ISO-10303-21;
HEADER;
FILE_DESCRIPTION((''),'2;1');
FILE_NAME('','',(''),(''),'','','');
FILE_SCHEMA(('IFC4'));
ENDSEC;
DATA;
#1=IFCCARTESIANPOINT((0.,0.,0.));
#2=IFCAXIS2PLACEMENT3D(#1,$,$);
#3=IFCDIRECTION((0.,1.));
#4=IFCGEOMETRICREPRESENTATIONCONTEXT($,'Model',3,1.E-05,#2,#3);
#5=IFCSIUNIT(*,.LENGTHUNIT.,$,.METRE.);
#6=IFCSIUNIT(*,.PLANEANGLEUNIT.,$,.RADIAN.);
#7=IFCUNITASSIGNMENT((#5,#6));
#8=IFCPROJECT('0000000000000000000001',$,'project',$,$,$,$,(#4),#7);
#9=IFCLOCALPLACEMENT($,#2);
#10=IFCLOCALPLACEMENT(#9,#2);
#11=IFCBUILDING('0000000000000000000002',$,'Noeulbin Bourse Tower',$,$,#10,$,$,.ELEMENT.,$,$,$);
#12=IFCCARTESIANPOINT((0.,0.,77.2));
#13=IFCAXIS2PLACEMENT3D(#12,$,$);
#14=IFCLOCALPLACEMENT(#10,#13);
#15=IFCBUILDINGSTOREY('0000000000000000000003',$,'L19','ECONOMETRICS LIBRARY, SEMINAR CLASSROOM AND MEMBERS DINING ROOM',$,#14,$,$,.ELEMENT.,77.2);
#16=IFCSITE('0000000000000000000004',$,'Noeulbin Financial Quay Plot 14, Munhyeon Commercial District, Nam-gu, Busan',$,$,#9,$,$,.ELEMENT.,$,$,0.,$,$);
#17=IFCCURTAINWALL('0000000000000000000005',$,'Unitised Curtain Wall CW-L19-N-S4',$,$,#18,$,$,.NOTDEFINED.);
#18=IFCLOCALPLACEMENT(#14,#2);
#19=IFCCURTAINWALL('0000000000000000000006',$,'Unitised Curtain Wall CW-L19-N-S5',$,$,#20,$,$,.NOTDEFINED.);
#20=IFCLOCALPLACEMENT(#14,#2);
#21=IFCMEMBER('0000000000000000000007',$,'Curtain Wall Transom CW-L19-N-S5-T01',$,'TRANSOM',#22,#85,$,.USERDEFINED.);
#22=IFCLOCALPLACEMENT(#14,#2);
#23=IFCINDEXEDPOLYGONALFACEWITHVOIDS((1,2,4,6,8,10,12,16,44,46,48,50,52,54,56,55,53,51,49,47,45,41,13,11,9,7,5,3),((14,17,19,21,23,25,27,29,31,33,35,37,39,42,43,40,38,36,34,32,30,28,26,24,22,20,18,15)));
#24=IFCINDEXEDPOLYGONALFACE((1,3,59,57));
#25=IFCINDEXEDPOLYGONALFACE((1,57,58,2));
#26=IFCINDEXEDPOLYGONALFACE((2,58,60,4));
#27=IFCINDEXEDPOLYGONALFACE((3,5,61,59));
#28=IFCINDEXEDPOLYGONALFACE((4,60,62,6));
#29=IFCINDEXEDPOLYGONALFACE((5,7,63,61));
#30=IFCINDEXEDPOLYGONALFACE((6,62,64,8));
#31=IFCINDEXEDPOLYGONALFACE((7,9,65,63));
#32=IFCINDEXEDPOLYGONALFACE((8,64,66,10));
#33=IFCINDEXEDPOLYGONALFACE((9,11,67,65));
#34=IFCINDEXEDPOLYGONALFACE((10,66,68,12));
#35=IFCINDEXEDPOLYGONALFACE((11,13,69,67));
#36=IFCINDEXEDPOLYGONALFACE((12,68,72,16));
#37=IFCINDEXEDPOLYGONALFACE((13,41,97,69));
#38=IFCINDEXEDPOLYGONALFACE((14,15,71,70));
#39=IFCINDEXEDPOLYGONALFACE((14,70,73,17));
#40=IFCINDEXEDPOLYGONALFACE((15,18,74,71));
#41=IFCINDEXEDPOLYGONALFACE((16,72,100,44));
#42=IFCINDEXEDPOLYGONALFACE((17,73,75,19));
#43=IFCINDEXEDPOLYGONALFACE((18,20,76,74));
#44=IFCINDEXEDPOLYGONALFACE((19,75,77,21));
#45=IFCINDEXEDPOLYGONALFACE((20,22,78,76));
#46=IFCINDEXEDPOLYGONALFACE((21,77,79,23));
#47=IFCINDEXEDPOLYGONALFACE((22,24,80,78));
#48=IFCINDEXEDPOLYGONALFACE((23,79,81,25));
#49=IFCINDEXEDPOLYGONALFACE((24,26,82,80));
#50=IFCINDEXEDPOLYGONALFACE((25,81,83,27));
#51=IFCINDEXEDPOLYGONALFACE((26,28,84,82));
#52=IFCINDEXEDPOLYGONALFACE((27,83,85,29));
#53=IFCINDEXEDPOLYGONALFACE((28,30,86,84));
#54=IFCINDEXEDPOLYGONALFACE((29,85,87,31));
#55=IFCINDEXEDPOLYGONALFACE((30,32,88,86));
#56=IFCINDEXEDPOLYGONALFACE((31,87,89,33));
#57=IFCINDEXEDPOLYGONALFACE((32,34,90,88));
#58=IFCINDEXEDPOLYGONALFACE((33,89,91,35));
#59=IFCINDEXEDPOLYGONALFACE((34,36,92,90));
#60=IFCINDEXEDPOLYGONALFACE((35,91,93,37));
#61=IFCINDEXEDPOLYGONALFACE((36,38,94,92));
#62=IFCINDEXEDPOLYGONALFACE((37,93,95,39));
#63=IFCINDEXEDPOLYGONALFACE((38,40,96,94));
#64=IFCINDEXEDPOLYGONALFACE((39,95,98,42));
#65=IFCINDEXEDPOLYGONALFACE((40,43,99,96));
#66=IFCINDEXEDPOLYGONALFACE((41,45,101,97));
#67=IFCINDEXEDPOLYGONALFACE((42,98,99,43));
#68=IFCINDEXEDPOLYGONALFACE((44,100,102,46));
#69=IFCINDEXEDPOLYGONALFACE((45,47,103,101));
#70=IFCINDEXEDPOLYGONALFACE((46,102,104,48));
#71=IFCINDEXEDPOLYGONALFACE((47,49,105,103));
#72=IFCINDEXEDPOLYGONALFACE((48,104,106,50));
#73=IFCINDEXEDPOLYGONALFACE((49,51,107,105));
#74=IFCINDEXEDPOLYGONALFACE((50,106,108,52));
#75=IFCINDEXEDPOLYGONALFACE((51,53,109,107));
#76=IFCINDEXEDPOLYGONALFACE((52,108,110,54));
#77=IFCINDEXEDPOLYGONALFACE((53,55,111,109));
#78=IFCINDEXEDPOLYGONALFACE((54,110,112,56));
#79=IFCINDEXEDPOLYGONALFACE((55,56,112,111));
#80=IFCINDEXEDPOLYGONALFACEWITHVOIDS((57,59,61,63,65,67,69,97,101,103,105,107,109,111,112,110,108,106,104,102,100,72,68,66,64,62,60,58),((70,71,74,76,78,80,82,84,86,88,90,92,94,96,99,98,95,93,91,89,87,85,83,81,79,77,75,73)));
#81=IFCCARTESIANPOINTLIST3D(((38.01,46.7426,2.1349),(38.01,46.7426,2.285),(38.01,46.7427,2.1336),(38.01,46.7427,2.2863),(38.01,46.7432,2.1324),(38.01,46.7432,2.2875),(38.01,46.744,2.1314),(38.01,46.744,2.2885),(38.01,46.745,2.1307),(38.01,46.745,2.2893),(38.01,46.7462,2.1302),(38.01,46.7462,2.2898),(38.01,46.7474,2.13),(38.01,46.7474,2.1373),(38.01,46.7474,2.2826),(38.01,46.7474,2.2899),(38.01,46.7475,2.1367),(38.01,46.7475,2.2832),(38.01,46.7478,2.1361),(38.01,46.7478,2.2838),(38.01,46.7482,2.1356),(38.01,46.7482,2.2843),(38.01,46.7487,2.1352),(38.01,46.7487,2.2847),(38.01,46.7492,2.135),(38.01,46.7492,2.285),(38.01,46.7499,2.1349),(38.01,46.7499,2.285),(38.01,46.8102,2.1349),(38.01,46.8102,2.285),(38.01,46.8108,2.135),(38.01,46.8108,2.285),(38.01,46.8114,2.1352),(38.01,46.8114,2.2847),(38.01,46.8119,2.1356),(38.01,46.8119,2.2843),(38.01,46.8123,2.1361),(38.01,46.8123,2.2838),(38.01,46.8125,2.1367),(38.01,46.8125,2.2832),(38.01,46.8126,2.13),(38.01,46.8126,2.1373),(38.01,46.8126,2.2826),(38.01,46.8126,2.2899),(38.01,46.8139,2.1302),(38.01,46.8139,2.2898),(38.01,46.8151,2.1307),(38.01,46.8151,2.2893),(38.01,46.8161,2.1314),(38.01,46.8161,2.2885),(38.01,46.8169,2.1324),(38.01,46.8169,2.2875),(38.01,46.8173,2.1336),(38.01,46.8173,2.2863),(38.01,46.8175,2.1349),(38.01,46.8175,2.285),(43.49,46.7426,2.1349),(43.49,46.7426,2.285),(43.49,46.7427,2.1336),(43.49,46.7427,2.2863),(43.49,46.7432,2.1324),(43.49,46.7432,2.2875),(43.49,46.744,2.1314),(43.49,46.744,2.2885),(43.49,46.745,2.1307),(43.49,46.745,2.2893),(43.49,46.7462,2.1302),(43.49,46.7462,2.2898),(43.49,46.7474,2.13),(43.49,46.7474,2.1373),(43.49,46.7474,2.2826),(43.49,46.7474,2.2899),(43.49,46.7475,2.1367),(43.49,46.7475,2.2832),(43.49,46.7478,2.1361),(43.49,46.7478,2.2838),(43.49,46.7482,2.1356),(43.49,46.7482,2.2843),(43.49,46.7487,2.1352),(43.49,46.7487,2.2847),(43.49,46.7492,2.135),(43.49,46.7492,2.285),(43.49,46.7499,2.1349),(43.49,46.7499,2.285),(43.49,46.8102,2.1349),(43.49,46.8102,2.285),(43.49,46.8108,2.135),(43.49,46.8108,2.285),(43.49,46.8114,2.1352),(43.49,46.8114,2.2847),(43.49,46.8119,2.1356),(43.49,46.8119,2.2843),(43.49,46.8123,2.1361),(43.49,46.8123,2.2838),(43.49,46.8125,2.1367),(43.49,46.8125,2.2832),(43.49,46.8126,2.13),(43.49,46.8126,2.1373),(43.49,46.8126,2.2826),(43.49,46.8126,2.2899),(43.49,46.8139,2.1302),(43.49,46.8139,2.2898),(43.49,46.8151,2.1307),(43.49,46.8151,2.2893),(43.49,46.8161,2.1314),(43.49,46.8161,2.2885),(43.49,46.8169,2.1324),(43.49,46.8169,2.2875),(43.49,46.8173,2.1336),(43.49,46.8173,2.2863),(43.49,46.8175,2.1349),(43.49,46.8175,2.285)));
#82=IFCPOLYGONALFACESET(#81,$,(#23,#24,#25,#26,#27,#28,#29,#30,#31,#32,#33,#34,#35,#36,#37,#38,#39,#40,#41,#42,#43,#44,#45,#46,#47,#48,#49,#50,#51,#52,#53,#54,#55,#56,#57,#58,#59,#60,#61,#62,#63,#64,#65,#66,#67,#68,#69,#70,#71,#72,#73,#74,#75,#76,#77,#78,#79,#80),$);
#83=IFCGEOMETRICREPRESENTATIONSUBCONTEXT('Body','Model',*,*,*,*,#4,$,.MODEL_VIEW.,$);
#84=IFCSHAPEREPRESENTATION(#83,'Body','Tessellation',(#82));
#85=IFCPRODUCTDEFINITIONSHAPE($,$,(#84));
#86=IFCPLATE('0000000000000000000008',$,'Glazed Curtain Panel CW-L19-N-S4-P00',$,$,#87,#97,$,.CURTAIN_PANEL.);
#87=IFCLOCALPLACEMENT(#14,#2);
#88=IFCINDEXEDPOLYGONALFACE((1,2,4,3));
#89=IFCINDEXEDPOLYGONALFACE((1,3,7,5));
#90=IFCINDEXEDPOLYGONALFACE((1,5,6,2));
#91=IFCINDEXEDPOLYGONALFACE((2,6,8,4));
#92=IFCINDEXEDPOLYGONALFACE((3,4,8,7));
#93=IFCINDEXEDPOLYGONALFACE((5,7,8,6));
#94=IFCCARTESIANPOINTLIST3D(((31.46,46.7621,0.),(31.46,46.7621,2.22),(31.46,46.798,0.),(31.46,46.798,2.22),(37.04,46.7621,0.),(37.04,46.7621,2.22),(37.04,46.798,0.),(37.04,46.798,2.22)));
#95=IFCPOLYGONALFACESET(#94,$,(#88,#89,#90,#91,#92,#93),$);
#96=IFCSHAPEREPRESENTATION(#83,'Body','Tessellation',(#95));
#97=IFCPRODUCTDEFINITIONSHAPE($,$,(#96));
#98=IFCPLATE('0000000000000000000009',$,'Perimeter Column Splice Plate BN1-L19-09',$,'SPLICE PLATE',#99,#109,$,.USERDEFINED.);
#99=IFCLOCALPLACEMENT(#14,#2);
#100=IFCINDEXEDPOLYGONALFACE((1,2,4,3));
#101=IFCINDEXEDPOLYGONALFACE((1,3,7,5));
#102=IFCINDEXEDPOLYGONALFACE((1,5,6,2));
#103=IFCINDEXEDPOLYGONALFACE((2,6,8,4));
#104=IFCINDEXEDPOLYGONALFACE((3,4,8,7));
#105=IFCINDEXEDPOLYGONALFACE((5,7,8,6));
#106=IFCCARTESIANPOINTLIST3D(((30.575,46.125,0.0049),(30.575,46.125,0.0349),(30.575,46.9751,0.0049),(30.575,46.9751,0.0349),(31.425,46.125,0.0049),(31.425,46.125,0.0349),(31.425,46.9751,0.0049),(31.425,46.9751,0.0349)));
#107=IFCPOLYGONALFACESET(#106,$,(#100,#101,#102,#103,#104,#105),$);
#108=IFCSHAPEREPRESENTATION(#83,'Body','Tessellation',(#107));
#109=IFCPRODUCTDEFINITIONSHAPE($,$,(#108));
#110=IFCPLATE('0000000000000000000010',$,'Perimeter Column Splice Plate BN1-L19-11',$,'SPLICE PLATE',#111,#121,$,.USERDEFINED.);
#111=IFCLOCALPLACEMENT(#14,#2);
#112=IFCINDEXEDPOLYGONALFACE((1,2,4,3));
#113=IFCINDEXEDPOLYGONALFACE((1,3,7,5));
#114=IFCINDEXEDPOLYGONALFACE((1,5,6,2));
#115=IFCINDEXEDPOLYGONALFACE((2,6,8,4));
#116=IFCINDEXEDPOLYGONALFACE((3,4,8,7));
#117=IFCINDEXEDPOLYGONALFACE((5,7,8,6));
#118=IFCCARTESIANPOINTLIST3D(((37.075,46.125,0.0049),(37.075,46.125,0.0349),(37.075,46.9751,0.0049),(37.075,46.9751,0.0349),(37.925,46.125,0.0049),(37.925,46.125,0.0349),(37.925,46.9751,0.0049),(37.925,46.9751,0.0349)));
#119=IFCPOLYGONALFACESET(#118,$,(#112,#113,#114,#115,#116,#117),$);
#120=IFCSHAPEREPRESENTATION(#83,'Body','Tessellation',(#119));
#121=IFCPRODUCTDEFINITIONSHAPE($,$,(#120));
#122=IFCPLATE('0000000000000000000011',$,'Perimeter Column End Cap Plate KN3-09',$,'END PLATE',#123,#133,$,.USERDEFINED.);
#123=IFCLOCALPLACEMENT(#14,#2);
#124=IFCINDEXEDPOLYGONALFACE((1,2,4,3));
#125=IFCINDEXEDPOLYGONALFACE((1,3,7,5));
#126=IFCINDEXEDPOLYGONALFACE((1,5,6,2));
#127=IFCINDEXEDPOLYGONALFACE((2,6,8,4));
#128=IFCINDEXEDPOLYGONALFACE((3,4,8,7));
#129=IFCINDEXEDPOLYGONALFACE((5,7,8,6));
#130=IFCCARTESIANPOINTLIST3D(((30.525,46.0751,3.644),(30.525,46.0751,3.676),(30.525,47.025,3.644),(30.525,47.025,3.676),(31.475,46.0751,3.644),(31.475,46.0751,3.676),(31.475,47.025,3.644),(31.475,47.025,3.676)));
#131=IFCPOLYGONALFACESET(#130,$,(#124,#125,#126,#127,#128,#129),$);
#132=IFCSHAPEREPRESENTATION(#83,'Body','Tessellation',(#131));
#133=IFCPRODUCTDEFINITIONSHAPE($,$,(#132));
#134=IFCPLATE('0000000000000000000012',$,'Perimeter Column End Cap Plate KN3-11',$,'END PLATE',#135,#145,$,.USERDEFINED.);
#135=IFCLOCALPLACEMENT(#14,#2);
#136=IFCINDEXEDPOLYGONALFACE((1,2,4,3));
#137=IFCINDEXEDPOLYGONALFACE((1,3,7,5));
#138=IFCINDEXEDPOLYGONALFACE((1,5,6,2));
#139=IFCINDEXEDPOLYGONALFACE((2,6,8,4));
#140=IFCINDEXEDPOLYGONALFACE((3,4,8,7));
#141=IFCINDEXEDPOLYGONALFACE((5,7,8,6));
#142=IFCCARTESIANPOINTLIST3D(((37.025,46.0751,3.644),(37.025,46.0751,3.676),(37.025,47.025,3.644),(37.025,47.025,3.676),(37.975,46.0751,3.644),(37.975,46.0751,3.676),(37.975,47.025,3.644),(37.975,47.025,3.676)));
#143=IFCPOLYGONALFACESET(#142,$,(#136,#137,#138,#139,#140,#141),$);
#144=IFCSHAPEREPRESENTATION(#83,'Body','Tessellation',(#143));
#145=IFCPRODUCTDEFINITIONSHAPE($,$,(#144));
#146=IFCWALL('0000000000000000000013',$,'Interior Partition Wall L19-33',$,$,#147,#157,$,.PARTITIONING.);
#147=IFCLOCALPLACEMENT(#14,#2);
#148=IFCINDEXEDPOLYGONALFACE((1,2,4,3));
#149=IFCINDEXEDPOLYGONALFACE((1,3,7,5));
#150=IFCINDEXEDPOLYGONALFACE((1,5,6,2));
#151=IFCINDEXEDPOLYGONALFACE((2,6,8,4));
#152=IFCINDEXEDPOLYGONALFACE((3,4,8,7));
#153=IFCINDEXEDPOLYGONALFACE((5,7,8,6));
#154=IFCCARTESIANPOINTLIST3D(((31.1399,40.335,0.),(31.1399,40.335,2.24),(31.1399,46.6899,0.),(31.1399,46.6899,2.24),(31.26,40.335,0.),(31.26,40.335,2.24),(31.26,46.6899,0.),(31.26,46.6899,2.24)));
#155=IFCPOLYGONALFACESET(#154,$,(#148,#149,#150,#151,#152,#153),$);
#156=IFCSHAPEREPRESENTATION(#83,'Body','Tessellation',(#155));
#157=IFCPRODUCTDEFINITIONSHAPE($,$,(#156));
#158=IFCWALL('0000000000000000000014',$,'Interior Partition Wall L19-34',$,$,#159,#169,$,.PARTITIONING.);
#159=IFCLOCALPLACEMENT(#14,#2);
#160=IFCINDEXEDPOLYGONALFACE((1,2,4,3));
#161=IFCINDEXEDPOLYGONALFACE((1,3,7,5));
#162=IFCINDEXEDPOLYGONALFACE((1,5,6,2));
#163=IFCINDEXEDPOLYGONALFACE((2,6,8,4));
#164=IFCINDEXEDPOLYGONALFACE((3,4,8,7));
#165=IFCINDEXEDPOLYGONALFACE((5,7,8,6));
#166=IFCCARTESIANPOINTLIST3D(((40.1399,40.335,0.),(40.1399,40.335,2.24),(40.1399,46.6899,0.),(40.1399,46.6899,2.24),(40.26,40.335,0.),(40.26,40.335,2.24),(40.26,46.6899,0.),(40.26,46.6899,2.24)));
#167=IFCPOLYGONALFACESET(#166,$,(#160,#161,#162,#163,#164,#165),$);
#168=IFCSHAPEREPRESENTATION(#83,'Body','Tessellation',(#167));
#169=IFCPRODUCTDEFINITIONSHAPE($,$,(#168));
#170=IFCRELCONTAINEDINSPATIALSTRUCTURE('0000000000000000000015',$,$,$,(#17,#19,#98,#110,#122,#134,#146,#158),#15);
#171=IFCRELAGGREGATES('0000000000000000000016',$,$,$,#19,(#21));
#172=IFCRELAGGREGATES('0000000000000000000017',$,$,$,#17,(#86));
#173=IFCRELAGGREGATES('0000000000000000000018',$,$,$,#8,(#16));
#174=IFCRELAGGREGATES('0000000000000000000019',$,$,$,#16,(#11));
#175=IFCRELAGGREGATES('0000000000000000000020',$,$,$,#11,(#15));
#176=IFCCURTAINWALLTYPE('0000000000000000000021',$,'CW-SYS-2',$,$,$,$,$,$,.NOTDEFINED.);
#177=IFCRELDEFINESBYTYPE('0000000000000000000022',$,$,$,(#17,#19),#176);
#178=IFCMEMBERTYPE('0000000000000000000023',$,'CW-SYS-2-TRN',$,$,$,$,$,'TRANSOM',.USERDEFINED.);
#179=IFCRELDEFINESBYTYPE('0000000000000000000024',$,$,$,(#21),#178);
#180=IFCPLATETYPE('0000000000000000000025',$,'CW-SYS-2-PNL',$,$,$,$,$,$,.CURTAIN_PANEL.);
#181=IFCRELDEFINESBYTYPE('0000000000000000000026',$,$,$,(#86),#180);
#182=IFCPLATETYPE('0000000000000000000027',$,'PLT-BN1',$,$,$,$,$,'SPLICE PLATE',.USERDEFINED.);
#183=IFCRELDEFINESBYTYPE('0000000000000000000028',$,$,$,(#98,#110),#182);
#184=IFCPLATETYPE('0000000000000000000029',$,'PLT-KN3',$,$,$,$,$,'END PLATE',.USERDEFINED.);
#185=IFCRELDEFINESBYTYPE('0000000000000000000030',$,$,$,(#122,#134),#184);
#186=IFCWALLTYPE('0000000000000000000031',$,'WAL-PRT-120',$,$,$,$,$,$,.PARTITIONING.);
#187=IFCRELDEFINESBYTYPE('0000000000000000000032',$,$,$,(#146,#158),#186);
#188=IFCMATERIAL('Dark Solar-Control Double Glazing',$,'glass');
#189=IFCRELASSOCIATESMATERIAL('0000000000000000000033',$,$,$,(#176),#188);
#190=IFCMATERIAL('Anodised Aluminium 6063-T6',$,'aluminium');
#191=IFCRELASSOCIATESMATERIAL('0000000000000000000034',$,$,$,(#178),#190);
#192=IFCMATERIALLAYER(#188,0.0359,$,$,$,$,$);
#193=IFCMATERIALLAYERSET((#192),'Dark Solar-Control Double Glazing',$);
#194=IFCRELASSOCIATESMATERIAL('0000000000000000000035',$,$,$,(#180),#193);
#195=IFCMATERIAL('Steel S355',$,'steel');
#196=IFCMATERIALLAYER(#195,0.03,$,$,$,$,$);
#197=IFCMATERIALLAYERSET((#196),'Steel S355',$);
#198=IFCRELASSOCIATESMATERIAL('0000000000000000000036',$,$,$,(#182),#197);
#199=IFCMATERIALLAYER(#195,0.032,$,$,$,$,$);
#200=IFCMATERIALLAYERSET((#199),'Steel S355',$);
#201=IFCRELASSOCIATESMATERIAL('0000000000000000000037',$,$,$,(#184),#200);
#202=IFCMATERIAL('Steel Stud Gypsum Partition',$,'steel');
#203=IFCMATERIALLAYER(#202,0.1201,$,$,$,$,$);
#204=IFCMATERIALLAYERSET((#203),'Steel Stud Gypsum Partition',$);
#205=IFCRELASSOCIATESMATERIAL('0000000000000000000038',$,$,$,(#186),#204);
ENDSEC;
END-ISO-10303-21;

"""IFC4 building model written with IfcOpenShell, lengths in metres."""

from ifc_helpers import new_model, si_unit, direction, frame, frame_2d, origin, origin_2d, place, context, subcontext, project, spatial, rectangle, hollow_rectangle, extrude, material, layer, layer_set, material_profile, profile_set, type_object, element, aggregate, save


model = new_model("IFC4")

# Units and contexts
model_context = context("Model", 3, precision=1e-05, world=origin(), true_north=direction((0.0, 1.0)))
body_context = subcontext(model_context, "Body", "Model", "MODEL_VIEW")
ifc_project = project(units=[si_unit("LENGTHUNIT", "METRE"), si_unit("PLANEANGLEUNIT", "RADIAN")], contexts=[model_context])

# Site, building, storey
site_placement = place(None, origin())
site = spatial("IfcSite", under=ifc_project, at=site_placement, Name="Noeulbin Financial Quay Plot 14, Munhyeon Commercial District, Nam-gu, Busan", CompositionType="ELEMENT", RefElevation=0.0)
building_placement = place(site_placement, origin())
building = spatial("IfcBuilding", under=site, at=building_placement, Name="Noeulbin Bourse Tower", CompositionType="ELEMENT")
storey_placement = place(building_placement, frame((0.0, 0.0, 77.2)))
storey = spatial("IfcBuildingStorey", under=building, at=storey_placement, Name="L19", Description="ECONOMETRICS LIBRARY, SEMINAR CLASSROOM AND MEMBERS DINING ROOM", CompositionType="ELEMENT", Elevation=77.2)

# Shared definitions
ifc_material_1 = material(Name="Steel S355", Category="steel")

# Shared definitions
ifc_material_2 = material(Name="Dark Solar-Control Double Glazing", Category="glass")
curtain_wall_type = type_object("IfcCurtainWallType", Name="CW-SYS-2", PredefinedType="NOTDEFINED", material=ifc_material_2)
ifc_material_3 = material(Name="Anodised Aluminium 6063-T6", Category="aluminium")

# Curtain wall
curtain_wall_1_placement = place(storey_placement, origin())
curtain_wall_1 = element("IfcCurtainWall", 1, at=curtain_wall_1_placement, inside=storey, type_object=curtain_wall_type, Name="Unitised Curtain Wall CW-L19-N-S4", PredefinedType="NOTDEFINED")

# Curtain wall
curtain_wall_2_placement = place(storey_placement, origin())
curtain_wall_2 = element("IfcCurtainWall", 2, at=curtain_wall_2_placement, inside=storey, type_object=curtain_wall_type, Name="Unitised Curtain Wall CW-L19-N-S5", PredefinedType="NOTDEFINED")

# Member
ifc_material_profile_1 = material_profile(ifc_material_3, hollow_rectangle(XDim=0.075, YDim=0.1599, WallThickness=0.0049, InnerFilletRadius=0.0024, OuterFilletRadius=0.0049, at=origin_2d()), Name="ALU-TRAN-75x160x5", Category="LoadBearing")
ifc_profile_set_1 = profile_set([ifc_material_profile_1], Name="Anodised Aluminium 6063-T6")
member_type_1 = type_object("IfcMemberType", Name="CW-SYS-2-TRN", ElementType="TRANSOM", PredefinedType="USERDEFINED", material=ifc_profile_set_1)
member_1_placement = place(storey_placement, frame((38.01, 46.78, 2.21), z_axis=(1.0, 0.0, 0.0), x_axis=(0.0, 1.0, 0.0)))
member_1 = element("IfcMember", 3, at=member_1_placement, type_object=member_type_1, Name="Curtain Wall Transom CW-L19-N-S5-T01", ObjectType="TRANSOM", PredefinedType="USERDEFINED", context=body_context, shape_type="SweptSolid", body=[
    extrude(hollow_rectangle(XDim=0.075, YDim=0.1599, WallThickness=0.0049, InnerFilletRadius=0.0024, OuterFilletRadius=0.0049, at=origin_2d()), origin(), (0.0, 0.0, 1.0), 5.48),
])
aggregate(curtain_wall_2, [member_1])

# Plate
ifc_layer_1 = layer(ifc_material_2, 0.0359)
ifc_layer_set_1 = layer_set([ifc_layer_1], Name="Dark Solar-Control Double Glazing")
plate_type_1 = type_object("IfcPlateType", Name="CW-SYS-2-PNL", PredefinedType="CURTAIN_PANEL", material=ifc_layer_set_1)
plate_placement = place(storey_placement, frame((34.25, 46.78, 0.0), z_axis=(0.0, 0.0, 1.0), x_axis=(1.0, 0.0, 0.0)))
plate = element("IfcPlate", 4, at=plate_placement, type_object=plate_type_1, Name="Glazed Curtain Panel CW-L19-N-S4-P00", PredefinedType="CURTAIN_PANEL", context=body_context, shape_type="SweptSolid", body=[
    extrude(rectangle(XDim=5.5801, YDim=0.0359, at=origin_2d()), origin(), (0.0, 0.0, 1.0), 2.22),
])
aggregate(curtain_wall_1, [plate])

# Plates
ifc_layer_2 = layer(ifc_material_1, 0.03)
ifc_layer_set_2 = layer_set([ifc_layer_2], Name="Steel S355")
plate_type_2 = type_object("IfcPlateType", Name="PLT-BN1", ElementType="SPLICE PLATE", PredefinedType="USERDEFINED", material=ifc_layer_set_2)
for number, where, z_axis, x_axis, name in (
    (5, (31.0, 46.55, 0.0049), (0.0, 0.0, 1.0), (1.0, 0.0, 0.0), "Perimeter Column Splice Plate BN1-L19-09"),
    (6, (37.5, 46.55, 0.0049), (0.0, 0.0, 1.0), (1.0, 0.0, 0.0), "Perimeter Column Splice Plate BN1-L19-11"),
):
    element("IfcPlate", number, at=place(storey_placement, frame(where, z_axis=z_axis, x_axis=x_axis)), inside=storey, type_object=plate_type_2, Name=name, ObjectType="SPLICE PLATE", PredefinedType="USERDEFINED", context=body_context, shape_type="SweptSolid", body=[
        extrude(rectangle(XDim=0.8501, YDim=0.8501, at=origin_2d()), origin(), (0.0, 0.0, 1.0), 0.03),
    ])
ifc_layer_3 = layer(ifc_material_1, 0.032)
ifc_layer_set_3 = layer_set([ifc_layer_3], Name="Steel S355")
plate_type_3 = type_object("IfcPlateType", Name="PLT-KN3", ElementType="END PLATE", PredefinedType="USERDEFINED", material=ifc_layer_set_3)
for number, where, z_axis, x_axis, name in (
    (7, (31.0, 46.55, 3.644), (0.0, 0.0, 1.0), (1.0, 0.0, 0.0), "Perimeter Column End Cap Plate KN3-09"),
    (8, (37.5, 46.55, 3.644), (0.0, 0.0, 1.0), (1.0, 0.0, 0.0), "Perimeter Column End Cap Plate KN3-11"),
):
    element("IfcPlate", number, at=place(storey_placement, frame(where, z_axis=z_axis, x_axis=x_axis)), inside=storey, type_object=plate_type_3, Name=name, ObjectType="END PLATE", PredefinedType="USERDEFINED", context=body_context, shape_type="SweptSolid", body=[
        extrude(rectangle(XDim=0.95, YDim=0.95, at=origin_2d()), origin(), (0.0, 0.0, 1.0), 0.032),
    ])

# Walls
ifc_material_4 = material(Name="Steel Stud Gypsum Partition", Category="steel")
ifc_layer_4 = layer(ifc_material_4, 0.1201)
ifc_layer_set_4 = layer_set([ifc_layer_4], Name="Steel Stud Gypsum Partition")
wall_type = type_object("IfcWallType", Name="WAL-PRT-120", PredefinedType="PARTITIONING", material=ifc_layer_set_4)
for number, where, z_axis, x_axis, name in (
    (9, (31.2, 40.335, 0.0), (0.0, 0.0, 1.0), (0.0, 1.0, 0.0), "Interior Partition Wall L19-33"),
    (10, (40.2, 40.335, 0.0), (0.0, 0.0, 1.0), (0.0, 1.0, 0.0), "Interior Partition Wall L19-34"),
):
    element("IfcWall", number, at=place(storey_placement, frame(where, z_axis=z_axis, x_axis=x_axis)), inside=storey, type_object=wall_type, Name=name, PredefinedType="PARTITIONING", context=body_context, shape_type="SweptSolid", body=[
        extrude(rectangle(XDim=6.355, YDim=0.1201, at=frame_2d((3.1775, 0.0))), origin(), (0.0, 0.0, 1.0), 2.24),
    ])

save(model, "model.ifc")
